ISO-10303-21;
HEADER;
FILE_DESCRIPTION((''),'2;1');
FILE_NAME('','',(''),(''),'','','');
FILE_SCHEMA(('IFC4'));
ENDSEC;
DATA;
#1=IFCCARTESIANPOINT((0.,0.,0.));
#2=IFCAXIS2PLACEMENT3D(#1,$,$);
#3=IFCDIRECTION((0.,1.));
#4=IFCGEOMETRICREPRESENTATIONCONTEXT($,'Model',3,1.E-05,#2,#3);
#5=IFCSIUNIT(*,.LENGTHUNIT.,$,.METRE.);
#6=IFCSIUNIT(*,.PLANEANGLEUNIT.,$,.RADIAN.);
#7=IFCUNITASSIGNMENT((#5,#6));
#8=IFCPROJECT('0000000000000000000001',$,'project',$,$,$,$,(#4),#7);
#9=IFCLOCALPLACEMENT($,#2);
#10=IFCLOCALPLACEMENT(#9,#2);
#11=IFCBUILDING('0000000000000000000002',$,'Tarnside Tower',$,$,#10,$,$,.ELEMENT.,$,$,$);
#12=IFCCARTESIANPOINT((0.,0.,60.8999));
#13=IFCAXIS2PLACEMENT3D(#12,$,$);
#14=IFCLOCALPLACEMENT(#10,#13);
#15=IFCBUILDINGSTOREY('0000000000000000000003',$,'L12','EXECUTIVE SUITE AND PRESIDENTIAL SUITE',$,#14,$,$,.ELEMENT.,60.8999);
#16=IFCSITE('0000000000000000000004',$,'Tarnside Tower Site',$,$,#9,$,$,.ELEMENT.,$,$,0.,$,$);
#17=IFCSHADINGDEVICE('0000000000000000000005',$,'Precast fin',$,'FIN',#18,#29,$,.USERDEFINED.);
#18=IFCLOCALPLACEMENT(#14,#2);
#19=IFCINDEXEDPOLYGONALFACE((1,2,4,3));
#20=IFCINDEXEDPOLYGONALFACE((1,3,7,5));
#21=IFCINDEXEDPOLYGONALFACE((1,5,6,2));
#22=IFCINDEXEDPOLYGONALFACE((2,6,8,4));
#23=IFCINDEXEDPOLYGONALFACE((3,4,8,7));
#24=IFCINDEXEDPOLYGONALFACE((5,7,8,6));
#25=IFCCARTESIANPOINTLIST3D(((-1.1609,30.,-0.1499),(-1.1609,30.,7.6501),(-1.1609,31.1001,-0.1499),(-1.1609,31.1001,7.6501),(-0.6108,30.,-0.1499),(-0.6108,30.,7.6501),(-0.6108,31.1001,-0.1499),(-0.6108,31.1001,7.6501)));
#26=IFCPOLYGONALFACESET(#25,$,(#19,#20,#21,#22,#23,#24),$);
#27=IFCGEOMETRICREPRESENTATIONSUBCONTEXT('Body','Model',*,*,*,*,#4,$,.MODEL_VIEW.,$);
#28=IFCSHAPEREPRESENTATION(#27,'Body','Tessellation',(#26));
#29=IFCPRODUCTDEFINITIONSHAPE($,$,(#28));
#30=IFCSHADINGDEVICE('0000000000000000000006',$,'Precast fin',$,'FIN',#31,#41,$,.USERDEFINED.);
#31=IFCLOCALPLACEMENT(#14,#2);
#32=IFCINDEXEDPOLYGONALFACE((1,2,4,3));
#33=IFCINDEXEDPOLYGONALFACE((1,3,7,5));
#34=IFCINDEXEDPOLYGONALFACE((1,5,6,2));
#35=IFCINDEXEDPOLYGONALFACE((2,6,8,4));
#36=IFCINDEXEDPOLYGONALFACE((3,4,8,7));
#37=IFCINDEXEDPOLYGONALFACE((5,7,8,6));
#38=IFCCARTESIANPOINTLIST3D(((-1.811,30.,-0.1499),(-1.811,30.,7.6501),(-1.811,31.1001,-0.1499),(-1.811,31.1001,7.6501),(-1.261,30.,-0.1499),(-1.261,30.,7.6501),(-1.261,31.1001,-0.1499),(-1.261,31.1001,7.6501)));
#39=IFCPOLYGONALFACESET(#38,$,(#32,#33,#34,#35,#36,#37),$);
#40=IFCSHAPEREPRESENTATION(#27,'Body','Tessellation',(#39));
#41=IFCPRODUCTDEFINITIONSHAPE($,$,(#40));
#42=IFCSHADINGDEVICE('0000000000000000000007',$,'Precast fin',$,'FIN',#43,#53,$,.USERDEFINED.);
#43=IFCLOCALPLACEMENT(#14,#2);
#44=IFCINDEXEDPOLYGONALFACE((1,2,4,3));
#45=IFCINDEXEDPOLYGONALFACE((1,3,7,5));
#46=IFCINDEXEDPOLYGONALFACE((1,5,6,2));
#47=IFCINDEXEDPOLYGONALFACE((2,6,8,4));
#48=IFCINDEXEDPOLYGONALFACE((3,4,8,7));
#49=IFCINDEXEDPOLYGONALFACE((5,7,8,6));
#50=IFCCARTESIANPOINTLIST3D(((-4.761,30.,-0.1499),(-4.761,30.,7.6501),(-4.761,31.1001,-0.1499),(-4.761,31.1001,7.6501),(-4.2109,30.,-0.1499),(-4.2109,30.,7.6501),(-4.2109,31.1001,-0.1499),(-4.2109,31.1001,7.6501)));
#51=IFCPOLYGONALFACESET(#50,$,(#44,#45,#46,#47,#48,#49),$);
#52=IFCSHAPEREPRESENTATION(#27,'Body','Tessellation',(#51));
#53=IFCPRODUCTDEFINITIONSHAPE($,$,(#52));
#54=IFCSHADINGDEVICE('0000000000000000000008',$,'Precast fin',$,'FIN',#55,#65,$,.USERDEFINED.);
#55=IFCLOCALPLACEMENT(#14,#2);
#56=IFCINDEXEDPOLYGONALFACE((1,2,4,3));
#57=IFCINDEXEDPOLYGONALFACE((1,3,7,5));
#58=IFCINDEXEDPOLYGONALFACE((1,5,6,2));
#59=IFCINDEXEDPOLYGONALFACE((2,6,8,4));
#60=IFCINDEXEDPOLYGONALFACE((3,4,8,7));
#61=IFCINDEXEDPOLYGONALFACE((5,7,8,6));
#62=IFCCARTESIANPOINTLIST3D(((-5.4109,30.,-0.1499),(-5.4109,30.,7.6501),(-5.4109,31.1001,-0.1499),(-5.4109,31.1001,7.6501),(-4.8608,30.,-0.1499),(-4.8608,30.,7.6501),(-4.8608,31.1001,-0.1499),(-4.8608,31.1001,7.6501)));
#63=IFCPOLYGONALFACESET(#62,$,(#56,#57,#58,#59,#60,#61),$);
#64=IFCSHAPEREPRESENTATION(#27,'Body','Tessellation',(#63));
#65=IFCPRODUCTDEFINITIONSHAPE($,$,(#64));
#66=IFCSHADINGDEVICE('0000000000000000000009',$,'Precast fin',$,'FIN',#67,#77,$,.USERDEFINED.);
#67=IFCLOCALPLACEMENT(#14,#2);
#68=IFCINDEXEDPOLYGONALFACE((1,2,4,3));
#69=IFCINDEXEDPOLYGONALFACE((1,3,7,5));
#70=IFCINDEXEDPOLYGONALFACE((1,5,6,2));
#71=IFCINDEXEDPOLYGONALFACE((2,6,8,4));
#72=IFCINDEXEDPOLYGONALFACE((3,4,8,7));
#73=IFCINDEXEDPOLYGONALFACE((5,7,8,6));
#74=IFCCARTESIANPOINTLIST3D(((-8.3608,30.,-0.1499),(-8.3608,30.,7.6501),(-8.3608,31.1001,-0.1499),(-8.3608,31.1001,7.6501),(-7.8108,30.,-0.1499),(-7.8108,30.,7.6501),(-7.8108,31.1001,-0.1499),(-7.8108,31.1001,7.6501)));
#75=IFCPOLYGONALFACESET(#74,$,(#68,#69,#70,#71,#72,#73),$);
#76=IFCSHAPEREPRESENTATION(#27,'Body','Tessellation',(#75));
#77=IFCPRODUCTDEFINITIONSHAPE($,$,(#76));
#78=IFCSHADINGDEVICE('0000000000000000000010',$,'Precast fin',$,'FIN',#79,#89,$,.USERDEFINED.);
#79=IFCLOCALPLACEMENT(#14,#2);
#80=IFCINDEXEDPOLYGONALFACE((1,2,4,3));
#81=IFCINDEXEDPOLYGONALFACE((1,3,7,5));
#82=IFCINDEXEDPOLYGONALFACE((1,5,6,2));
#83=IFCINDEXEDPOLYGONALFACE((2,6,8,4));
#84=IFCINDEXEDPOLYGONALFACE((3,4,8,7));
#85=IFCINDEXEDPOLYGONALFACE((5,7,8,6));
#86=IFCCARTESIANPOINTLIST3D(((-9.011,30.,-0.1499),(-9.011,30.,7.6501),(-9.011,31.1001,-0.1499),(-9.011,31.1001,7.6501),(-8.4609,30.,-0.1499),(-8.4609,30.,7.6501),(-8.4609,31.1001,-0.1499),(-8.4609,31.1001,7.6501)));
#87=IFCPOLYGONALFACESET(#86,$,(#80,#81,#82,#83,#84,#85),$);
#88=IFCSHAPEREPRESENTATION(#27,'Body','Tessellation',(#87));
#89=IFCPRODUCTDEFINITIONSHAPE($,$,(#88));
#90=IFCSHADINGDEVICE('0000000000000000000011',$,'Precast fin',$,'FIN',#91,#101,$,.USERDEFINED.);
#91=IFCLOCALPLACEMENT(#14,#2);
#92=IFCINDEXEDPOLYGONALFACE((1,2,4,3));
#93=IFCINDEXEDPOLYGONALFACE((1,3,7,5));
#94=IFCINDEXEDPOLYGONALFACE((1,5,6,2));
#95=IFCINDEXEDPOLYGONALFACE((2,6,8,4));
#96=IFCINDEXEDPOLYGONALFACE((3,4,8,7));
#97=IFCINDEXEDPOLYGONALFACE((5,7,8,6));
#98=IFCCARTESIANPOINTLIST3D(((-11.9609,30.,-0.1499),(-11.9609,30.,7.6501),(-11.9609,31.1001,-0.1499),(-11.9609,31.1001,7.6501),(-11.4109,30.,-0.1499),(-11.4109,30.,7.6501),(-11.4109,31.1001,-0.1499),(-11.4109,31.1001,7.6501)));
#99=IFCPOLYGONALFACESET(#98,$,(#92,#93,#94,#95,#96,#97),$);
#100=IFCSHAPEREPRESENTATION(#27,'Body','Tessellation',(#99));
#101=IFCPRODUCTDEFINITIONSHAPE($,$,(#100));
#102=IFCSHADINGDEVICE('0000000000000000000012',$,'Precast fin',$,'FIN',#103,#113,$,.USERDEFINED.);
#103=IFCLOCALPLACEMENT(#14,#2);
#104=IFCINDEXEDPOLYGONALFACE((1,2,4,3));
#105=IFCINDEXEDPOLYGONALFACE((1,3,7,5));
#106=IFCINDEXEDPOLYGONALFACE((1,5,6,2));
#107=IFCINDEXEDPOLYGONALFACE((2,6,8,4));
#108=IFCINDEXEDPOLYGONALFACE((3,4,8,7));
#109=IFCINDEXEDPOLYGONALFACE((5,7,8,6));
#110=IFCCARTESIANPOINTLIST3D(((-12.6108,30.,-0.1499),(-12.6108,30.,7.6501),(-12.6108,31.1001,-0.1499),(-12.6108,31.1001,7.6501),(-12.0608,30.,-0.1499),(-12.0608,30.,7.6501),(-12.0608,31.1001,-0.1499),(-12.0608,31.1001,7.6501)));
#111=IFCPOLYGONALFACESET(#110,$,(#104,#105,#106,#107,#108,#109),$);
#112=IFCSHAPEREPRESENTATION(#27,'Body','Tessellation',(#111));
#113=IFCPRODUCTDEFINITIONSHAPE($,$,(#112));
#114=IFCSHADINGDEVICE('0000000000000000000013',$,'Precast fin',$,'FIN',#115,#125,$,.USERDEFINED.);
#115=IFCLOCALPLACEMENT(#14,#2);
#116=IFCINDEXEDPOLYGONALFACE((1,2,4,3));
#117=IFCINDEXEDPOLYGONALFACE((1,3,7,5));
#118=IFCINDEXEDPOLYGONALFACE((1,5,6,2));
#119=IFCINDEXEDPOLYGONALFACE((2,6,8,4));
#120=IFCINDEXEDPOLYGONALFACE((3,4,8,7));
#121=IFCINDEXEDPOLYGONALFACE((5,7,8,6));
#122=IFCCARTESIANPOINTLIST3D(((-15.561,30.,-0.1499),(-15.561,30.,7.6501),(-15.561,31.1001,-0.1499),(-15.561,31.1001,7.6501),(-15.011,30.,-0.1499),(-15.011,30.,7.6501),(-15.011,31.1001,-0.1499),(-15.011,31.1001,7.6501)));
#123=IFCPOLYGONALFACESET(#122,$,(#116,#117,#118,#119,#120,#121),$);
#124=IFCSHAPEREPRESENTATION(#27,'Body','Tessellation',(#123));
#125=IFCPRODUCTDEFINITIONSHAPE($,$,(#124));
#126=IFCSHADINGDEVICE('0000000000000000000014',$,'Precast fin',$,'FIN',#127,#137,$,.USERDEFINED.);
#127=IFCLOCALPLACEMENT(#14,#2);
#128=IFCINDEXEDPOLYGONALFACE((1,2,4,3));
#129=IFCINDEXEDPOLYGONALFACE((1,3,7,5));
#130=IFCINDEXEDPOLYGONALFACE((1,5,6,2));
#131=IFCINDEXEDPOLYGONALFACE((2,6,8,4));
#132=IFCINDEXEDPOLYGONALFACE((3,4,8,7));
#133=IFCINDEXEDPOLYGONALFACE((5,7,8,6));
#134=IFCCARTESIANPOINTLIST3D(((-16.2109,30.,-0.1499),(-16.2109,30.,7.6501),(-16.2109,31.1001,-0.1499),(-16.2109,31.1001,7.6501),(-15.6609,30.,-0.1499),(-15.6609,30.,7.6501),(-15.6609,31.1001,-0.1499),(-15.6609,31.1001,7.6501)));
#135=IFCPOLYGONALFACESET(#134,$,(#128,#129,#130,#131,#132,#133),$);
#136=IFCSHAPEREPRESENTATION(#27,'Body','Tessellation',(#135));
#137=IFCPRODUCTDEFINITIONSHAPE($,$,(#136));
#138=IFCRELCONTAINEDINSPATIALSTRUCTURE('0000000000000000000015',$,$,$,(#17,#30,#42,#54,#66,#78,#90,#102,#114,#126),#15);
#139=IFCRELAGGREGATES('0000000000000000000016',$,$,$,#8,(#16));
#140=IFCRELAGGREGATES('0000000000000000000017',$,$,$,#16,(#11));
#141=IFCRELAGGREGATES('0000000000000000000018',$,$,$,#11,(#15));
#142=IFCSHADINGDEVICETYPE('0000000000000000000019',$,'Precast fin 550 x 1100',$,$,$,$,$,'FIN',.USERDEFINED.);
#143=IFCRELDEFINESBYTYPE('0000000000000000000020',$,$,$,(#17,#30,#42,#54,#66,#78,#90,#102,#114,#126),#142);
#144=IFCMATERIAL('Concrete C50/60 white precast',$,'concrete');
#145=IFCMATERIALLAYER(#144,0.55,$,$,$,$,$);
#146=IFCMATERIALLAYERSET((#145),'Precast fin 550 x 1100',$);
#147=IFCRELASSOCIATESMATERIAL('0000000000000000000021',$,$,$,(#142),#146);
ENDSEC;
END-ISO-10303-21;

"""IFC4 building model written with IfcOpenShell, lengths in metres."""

from ifc_helpers import new_model, si_unit, direction, frame, origin, place, context, subcontext, project, spatial, polyline, outline, extrude, material, layer, layer_set, type_object, element, save


model = new_model("IFC4")

# Units and contexts
model_context = context("Model", 3, precision=1e-05, world=origin(), true_north=direction((0.0, 1.0)))
body_context = subcontext(model_context, "Body", "Model", "MODEL_VIEW")
ifc_project = project(units=[si_unit("LENGTHUNIT", "METRE"), si_unit("PLANEANGLEUNIT", "RADIAN")], contexts=[model_context])

# Site, building, storey
site_placement = place(None, origin())
site = spatial("IfcSite", under=ifc_project, at=site_placement, Name="Tarnside Tower Site", CompositionType="ELEMENT", RefElevation=0.0)
building_placement = place(site_placement, origin())
building = spatial("IfcBuilding", under=site, at=building_placement, Name="Tarnside Tower", CompositionType="ELEMENT")
storey_placement = place(building_placement, frame((0.0, 0.0, 60.8999)))
storey = spatial("IfcBuildingStorey", under=building, at=storey_placement, Name="L12", Description="EXECUTIVE SUITE AND PRESIDENTIAL SUITE", CompositionType="ELEMENT", Elevation=60.8999)

# Shading devices
ifc_material_1 = material(Name="Concrete C50/60 white precast", Category="concrete")
ifc_layer_1 = layer(ifc_material_1, 0.55)
ifc_layer_set_1 = layer_set([ifc_layer_1], Name="Precast fin 550 x 1100")
shading_device_type = type_object("IfcShadingDeviceType", Name="Precast fin 550 x 1100", ElementType="FIN", PredefinedType="USERDEFINED", material=ifc_layer_set_1)
for number, where, z_axis, x_axis, name in (
    (1, (-0.886, 30.0, -0.1499), (1.0, 0.0, 0.0), (0.0, 1.0, 0.0), "Precast fin"),
    (2, (-1.5361, 30.0, -0.1499), (1.0, 0.0, 0.0), (0.0, 1.0, 0.0), "Precast fin"),
    (3, (-4.4861, 30.0, -0.1499), (1.0, 0.0, 0.0), (0.0, 1.0, 0.0), "Precast fin"),
    (4, (-5.136, 30.0, -0.1499), (1.0, 0.0, 0.0), (0.0, 1.0, 0.0), "Precast fin"),
    (5, (-8.0859, 30.0, -0.1499), (1.0, 0.0, 0.0), (0.0, 1.0, 0.0), "Precast fin"),
    (6, (-8.7361, 30.0, -0.1499), (1.0, 0.0, 0.0), (0.0, 1.0, 0.0), "Precast fin"),
    (7, (-11.686, 30.0, -0.1499), (1.0, 0.0, 0.0), (0.0, 1.0, 0.0), "Precast fin"),
    (8, (-12.3359, 30.0, -0.1499), (1.0, 0.0, 0.0), (0.0, 1.0, 0.0), "Precast fin"),
    (9, (-15.2861, 30.0, -0.1499), (1.0, 0.0, 0.0), (0.0, 1.0, 0.0), "Precast fin"),
    (10, (-15.936, 30.0, -0.1499), (1.0, 0.0, 0.0), (0.0, 1.0, 0.0), "Precast fin"),
):
    element("IfcShadingDevice", number, at=place(storey_placement, frame(where, z_axis=z_axis, x_axis=x_axis)), inside=storey, type_object=shading_device_type, Name=name, ObjectType="FIN", PredefinedType="USERDEFINED", context=body_context, shape_type="SweptSolid", body=[
        extrude(outline(polyline([(0.0, 0.0), (1.1001, 0.0), (1.1001, 7.8), (0.0, 7.8), (0.0, 0.0)])), frame((0.0, 0.0, -0.2749)), (0.0, 0.0, 1.0), 0.55),
    ])

save(model, "model.ifc")
